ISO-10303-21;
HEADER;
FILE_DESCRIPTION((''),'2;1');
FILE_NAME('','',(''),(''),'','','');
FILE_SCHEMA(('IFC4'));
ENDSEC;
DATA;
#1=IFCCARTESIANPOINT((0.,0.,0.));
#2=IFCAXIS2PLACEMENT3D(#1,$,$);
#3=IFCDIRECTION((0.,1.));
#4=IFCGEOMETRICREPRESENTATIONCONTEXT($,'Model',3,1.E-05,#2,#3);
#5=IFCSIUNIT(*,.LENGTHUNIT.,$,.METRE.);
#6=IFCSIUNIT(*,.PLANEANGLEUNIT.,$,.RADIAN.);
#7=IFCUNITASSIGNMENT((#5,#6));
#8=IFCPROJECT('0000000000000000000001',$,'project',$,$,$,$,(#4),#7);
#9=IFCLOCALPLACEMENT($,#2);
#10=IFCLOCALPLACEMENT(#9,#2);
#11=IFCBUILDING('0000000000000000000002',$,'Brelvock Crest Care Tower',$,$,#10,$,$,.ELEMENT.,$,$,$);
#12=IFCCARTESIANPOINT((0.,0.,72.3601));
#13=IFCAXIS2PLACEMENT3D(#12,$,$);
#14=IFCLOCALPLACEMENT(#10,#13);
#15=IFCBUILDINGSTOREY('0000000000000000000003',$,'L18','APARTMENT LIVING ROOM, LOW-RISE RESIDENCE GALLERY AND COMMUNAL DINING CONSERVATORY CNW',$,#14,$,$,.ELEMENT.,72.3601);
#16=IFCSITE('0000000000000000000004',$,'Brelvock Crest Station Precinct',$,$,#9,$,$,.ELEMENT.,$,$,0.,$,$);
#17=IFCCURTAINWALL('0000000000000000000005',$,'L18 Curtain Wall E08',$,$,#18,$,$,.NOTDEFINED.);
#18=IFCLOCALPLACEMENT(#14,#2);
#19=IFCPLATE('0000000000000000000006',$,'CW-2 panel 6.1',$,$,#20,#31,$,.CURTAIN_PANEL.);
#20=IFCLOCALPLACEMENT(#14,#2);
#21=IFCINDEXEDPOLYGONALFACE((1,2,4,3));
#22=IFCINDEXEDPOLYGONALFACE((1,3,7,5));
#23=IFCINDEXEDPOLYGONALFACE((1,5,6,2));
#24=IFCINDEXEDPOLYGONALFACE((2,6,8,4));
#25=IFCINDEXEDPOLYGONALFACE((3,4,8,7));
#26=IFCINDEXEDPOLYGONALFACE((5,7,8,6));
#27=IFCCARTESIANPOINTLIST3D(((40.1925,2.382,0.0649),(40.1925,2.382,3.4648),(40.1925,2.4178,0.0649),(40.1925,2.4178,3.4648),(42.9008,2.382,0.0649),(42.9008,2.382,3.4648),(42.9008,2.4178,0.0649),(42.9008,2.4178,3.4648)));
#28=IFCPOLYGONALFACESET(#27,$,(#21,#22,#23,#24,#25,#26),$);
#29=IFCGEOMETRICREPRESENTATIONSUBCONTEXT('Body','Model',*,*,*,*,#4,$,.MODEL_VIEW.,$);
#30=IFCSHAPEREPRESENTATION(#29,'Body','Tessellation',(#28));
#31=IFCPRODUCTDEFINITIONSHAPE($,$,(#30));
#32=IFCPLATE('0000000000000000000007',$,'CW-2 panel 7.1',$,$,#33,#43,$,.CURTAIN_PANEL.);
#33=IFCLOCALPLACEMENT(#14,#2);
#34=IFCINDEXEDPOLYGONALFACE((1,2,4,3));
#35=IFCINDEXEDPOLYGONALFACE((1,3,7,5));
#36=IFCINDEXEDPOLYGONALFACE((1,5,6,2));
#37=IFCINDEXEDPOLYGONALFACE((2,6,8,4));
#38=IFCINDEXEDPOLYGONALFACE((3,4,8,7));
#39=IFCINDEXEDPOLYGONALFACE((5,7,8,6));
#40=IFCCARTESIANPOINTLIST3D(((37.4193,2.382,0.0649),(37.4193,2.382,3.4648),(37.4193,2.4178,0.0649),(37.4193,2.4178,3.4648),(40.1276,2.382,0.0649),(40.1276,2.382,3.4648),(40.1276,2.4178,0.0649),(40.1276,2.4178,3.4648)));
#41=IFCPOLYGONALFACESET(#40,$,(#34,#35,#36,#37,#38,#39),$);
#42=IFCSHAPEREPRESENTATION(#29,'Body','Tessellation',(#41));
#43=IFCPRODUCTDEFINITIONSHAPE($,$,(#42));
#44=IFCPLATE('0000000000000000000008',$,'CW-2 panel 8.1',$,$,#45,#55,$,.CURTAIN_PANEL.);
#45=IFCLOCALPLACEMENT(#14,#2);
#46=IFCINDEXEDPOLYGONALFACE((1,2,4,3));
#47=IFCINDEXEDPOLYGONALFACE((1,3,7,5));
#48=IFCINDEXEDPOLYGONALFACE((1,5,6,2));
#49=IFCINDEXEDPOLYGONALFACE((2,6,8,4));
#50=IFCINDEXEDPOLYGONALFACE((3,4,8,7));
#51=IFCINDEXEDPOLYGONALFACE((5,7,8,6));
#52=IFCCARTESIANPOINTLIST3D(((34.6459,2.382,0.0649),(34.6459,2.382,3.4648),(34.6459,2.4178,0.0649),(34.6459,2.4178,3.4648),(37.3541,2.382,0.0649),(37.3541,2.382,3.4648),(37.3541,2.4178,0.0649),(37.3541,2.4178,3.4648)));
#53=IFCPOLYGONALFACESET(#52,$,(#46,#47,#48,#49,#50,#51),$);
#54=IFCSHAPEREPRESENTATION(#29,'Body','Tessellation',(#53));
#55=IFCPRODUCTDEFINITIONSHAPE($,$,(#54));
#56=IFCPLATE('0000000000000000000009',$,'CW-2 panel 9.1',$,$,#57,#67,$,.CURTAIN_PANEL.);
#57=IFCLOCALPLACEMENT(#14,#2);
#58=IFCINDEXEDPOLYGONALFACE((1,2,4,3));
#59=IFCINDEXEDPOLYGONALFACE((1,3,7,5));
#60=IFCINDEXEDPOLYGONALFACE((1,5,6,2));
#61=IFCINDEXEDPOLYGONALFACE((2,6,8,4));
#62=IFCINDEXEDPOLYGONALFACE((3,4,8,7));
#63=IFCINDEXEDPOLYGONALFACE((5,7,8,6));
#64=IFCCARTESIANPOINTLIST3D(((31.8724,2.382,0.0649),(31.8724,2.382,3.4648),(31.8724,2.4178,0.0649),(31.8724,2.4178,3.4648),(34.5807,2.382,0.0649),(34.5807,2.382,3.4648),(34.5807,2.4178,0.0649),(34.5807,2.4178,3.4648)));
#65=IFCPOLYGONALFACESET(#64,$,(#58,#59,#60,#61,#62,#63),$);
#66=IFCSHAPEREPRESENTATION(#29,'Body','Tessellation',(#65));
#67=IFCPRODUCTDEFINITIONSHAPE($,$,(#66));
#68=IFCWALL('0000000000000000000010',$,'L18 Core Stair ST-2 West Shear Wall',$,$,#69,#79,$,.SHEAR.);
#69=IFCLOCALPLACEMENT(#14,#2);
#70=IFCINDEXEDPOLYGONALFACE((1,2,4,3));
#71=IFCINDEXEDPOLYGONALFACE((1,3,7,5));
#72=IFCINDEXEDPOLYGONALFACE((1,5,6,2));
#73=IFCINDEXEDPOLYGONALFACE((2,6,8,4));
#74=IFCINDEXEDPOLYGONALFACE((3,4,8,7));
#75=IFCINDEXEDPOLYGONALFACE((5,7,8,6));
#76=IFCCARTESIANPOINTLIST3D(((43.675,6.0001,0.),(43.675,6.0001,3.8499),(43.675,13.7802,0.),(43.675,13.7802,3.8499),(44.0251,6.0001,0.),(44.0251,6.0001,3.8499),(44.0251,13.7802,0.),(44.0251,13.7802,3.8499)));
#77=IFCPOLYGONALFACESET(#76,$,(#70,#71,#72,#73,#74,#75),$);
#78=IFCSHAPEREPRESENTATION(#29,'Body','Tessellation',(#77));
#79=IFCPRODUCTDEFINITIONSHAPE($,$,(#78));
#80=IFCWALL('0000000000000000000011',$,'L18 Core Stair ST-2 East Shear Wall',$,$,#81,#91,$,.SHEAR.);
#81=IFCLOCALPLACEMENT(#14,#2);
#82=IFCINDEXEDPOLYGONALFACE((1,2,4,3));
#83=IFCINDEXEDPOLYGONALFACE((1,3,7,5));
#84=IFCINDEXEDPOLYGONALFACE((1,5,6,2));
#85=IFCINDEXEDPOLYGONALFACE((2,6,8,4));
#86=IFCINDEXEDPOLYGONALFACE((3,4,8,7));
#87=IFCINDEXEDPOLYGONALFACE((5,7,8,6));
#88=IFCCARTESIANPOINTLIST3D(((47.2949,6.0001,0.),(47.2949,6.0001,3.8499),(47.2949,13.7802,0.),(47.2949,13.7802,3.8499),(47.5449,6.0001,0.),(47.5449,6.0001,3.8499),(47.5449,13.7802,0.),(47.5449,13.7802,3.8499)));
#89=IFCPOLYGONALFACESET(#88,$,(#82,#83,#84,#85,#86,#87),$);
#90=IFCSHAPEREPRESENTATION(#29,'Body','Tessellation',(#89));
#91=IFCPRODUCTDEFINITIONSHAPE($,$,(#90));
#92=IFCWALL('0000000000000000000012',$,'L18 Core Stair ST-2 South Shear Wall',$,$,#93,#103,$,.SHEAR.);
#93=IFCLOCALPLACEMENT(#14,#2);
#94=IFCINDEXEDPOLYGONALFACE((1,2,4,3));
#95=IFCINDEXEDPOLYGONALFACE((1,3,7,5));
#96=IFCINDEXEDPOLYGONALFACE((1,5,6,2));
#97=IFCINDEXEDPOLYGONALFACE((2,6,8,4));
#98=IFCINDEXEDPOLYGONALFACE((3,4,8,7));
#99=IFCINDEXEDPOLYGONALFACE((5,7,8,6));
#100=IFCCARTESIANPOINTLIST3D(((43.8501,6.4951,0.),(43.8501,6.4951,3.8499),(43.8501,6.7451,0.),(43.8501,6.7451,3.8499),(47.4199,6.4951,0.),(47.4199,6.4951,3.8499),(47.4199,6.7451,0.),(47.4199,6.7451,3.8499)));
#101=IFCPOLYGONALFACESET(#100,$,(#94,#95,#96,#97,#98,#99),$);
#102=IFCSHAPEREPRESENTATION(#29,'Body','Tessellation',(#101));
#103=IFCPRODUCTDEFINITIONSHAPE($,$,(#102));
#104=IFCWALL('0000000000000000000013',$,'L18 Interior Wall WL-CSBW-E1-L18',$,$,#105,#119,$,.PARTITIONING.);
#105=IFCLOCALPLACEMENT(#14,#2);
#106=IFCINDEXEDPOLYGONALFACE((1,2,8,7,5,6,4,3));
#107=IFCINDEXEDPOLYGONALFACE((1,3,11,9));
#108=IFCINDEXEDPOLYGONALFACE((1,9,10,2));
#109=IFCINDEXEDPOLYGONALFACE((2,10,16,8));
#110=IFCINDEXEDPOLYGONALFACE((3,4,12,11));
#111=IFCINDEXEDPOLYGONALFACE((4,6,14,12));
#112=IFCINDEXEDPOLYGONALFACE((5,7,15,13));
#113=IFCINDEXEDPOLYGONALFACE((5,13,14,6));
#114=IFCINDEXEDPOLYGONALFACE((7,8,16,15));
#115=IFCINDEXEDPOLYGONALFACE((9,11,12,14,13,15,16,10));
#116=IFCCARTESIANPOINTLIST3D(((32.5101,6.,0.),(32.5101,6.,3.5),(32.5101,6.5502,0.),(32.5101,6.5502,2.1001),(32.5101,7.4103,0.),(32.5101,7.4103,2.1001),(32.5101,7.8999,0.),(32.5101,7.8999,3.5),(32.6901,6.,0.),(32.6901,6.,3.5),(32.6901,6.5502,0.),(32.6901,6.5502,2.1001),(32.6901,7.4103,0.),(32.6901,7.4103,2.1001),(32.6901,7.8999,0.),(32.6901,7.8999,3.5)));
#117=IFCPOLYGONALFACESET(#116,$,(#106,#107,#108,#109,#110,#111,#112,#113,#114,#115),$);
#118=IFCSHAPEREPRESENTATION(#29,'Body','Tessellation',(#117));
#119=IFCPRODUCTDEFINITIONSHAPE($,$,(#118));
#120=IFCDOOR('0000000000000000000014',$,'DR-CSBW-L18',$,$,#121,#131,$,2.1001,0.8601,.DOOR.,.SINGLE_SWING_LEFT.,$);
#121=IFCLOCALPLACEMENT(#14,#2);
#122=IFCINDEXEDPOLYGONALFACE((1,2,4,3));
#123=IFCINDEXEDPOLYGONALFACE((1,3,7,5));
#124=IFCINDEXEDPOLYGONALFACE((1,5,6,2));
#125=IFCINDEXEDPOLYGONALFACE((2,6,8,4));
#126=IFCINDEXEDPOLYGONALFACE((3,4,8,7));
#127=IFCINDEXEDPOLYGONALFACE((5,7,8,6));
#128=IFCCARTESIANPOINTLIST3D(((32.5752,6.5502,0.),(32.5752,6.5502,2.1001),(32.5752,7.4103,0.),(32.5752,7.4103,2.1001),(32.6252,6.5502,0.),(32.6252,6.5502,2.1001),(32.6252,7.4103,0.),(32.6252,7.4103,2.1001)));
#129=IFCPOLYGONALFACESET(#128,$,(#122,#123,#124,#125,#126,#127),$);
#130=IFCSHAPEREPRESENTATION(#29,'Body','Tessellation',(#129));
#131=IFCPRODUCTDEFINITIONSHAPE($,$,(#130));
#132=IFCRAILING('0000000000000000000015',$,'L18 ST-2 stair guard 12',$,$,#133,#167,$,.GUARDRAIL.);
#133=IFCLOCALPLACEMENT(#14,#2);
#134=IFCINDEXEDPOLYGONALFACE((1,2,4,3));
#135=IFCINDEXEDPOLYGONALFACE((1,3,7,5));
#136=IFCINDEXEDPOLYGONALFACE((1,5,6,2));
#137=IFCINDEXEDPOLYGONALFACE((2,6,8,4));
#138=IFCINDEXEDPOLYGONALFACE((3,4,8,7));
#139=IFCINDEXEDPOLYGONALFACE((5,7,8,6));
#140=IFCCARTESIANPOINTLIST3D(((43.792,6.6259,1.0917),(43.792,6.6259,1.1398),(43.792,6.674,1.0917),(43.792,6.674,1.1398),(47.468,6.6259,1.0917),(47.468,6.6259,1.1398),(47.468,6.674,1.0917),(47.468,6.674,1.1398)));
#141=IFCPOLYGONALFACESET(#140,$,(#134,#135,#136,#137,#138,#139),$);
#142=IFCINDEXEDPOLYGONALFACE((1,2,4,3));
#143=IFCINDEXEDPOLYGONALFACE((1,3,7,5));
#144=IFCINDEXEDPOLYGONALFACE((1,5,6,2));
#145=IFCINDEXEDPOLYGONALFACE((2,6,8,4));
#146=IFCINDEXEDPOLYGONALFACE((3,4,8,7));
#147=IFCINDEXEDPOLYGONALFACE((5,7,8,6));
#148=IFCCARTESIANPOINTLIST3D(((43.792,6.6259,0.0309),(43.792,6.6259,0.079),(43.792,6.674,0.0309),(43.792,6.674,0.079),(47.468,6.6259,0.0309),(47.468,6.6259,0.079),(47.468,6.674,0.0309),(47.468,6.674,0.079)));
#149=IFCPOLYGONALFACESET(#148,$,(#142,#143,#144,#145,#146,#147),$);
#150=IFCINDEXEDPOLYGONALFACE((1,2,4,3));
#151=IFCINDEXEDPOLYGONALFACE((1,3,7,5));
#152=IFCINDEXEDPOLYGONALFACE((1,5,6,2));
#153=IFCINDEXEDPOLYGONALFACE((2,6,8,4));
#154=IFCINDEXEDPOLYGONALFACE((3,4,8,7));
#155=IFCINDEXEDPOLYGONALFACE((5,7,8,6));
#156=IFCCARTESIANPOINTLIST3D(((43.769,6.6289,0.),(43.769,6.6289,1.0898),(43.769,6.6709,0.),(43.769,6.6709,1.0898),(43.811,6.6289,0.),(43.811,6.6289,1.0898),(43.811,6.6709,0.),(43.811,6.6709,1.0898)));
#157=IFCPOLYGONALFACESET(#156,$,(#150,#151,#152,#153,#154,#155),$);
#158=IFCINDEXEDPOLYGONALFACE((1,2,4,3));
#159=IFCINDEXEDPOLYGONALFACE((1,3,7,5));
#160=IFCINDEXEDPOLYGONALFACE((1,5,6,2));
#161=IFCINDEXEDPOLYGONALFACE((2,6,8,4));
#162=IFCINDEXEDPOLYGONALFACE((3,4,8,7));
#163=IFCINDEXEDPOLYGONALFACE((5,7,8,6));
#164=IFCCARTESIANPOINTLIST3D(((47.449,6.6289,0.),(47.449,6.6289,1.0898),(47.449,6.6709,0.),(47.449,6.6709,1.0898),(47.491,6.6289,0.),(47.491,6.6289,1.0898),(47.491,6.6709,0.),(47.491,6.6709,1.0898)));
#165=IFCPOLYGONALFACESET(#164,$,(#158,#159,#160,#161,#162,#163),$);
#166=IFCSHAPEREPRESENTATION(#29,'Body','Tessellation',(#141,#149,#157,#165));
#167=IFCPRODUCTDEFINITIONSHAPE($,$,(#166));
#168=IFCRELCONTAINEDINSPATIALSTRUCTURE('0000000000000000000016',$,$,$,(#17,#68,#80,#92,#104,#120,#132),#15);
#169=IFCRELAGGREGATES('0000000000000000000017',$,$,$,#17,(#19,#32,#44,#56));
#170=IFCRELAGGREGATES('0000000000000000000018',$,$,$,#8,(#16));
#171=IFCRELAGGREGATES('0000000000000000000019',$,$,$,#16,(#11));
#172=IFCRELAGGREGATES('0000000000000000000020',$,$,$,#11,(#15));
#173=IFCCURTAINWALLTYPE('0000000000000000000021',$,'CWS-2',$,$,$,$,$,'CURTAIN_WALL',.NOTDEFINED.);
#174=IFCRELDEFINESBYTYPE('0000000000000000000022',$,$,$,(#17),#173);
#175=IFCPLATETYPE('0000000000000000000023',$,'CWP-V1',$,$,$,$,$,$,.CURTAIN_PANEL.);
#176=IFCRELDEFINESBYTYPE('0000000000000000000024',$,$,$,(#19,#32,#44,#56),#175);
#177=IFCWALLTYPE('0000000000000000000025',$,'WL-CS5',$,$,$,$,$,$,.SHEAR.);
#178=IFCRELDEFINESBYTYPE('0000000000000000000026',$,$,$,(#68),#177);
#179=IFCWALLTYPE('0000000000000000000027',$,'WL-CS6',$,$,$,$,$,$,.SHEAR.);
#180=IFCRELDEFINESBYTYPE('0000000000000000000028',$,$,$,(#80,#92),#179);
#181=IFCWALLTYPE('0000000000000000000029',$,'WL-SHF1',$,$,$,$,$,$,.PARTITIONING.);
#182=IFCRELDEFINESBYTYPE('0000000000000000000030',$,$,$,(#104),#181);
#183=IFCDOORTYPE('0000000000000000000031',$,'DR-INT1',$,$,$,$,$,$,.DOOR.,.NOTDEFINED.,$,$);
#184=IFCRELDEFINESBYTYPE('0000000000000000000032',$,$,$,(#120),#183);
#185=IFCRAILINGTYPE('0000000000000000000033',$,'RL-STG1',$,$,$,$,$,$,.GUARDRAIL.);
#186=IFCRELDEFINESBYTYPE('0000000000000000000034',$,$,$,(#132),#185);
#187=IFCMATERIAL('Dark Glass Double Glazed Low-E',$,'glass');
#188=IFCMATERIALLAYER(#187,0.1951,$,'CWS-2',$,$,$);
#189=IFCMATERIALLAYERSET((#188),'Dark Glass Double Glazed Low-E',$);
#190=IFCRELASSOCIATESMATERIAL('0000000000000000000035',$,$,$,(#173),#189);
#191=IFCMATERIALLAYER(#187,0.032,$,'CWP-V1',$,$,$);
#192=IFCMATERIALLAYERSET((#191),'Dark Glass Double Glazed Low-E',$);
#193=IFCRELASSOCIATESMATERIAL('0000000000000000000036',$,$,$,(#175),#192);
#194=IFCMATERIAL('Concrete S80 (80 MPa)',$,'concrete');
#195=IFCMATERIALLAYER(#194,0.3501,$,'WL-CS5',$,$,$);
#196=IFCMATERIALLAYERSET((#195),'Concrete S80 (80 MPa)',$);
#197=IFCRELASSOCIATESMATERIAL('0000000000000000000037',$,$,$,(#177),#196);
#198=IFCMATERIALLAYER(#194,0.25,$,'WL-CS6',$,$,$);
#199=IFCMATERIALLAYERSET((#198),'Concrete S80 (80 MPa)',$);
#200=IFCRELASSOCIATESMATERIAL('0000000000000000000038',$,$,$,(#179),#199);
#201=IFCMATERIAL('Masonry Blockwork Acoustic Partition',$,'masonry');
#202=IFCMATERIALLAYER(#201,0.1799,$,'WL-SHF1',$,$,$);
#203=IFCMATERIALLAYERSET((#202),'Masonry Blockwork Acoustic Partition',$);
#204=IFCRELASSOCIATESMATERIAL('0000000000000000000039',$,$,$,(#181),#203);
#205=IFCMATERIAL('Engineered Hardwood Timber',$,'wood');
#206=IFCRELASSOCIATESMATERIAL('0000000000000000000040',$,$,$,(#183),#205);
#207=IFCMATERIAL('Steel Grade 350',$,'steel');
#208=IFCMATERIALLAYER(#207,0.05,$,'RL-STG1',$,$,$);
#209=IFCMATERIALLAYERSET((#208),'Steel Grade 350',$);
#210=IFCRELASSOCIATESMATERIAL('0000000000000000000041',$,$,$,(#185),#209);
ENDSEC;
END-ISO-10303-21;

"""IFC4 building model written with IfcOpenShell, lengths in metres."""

from ifc_helpers import new_model, si_unit, direction, frame, frame_2d, origin, origin_2d, place, context, subcontext, project, spatial, rectangle, extrude, source, transform, mapped, material, layer, layer_set, type_object, element, fill, aggregate, save


model = new_model("IFC4")

# Units and contexts
model_context = context("Model", 3, precision=1e-05, world=origin(), true_north=direction((0.0, 1.0)))
body_context = subcontext(model_context, "Body", "Model", "MODEL_VIEW")
ifc_project = project(units=[si_unit("LENGTHUNIT", "METRE"), si_unit("PLANEANGLEUNIT", "RADIAN")], contexts=[model_context])

# Site, building, storey
site_placement = place(None, origin())
site = spatial("IfcSite", under=ifc_project, at=site_placement, Name="Brelvock Crest Station Precinct", CompositionType="ELEMENT", RefElevation=0.0)
building_placement = place(site_placement, origin())
building = spatial("IfcBuilding", under=site, at=building_placement, Name="Brelvock Crest Care Tower", CompositionType="ELEMENT")
storey_placement = place(building_placement, frame((0.0, 0.0, 72.3601)))
storey = spatial("IfcBuildingStorey", under=building, at=storey_placement, Name="L18", Description="APARTMENT LIVING ROOM, LOW-RISE RESIDENCE GALLERY AND COMMUNAL DINING CONSERVATORY CNW", CompositionType="ELEMENT", Elevation=72.3601)

# Shared definitions
ifc_material_1 = material(Name="Concrete S80 (80 MPa)", Category="concrete")

# Shared definitions
ifc_material_2 = material(Name="Steel Grade 350", Category="steel")

# Curtain wall, plates
ifc_material_3 = material(Name="Dark Glass Double Glazed Low-E", Category="glass")
ifc_layer_1 = layer(ifc_material_3, 0.1951, Name="CWS-2")
ifc_layer_set_1 = layer_set([ifc_layer_1], Name="Dark Glass Double Glazed Low-E")
curtain_wall_type = type_object("IfcCurtainWallType", Name="CWS-2", ElementType="CURTAIN_WALL", PredefinedType="NOTDEFINED", material=ifc_layer_set_1)
curtain_wall_placement = place(storey_placement, origin())
curtain_wall = element("IfcCurtainWall", 1, at=curtain_wall_placement, inside=storey, type_object=curtain_wall_type, Name="L18 Curtain Wall E08", PredefinedType="NOTDEFINED")
ifc_layer_2 = layer(ifc_material_3, 0.032, Name="CWP-V1")
ifc_layer_set_2 = layer_set([ifc_layer_2], Name="Dark Glass Double Glazed Low-E")
plate_type = type_object("IfcPlateType", Name="CWP-V1", PredefinedType="CURTAIN_PANEL", material=ifc_layer_set_2)
shared_shape_1 = source(origin(), body_context, "Body", "SweptSolid", [
    extrude(rectangle(XDim=2.7083, YDim=0.0359, at=origin_2d()), origin(), (0.0, 0.0, 1.0), 3.3999),
])
plate_1_placement = place(storey_placement, frame((41.5466, 2.3999, 0.0649), z_axis=(0.0, 0.0, 1.0), x_axis=(-1.0, 0.0, 0.0)))
plate_1 = element("IfcPlate", 2, at=plate_1_placement, type_object=plate_type, Name="CW-2 panel 6.1", PredefinedType="CURTAIN_PANEL", context=body_context, shape_type="MappedRepresentation", body=[
    mapped(shared_shape_1, transform((0.0, 0.0, 0.0), x_axis=(1.0, 0.0, 0.0), y_axis=(0.0, 1.0, 0.0), z_axis=(0.0, 0.0, 1.0), scale=1.0)),
])
plate_2_placement = place(storey_placement, frame((38.7734, 2.3999, 0.0649), z_axis=(0.0, 0.0, 1.0), x_axis=(-1.0, 0.0, 0.0)))
plate_2 = element("IfcPlate", 3, at=plate_2_placement, type_object=plate_type, Name="CW-2 panel 7.1", PredefinedType="CURTAIN_PANEL", context=body_context, shape_type="MappedRepresentation", body=[
    mapped(shared_shape_1, transform((0.0, 0.0, 0.0), x_axis=(1.0, 0.0, 0.0), y_axis=(0.0, 1.0, 0.0), z_axis=(0.0, 0.0, 1.0), scale=1.0)),
])
plate_3_placement = place(storey_placement, frame((36.0, 2.3999, 0.0649), z_axis=(0.0, 0.0, 1.0), x_axis=(-1.0, 0.0, 0.0)))
plate_3 = element("IfcPlate", 4, at=plate_3_placement, type_object=plate_type, Name="CW-2 panel 8.1", PredefinedType="CURTAIN_PANEL", context=body_context, shape_type="MappedRepresentation", body=[
    mapped(shared_shape_1, transform((0.0, 0.0, 0.0), x_axis=(1.0, 0.0, 0.0), y_axis=(0.0, 1.0, 0.0), z_axis=(0.0, 0.0, 1.0), scale=1.0)),
])
plate_4_placement = place(storey_placement, frame((33.2266, 2.3999, 0.0649), z_axis=(0.0, 0.0, 1.0), x_axis=(-1.0, 0.0, 0.0)))
plate_4 = element("IfcPlate", 5, at=plate_4_placement, type_object=plate_type, Name="CW-2 panel 9.1", PredefinedType="CURTAIN_PANEL", context=body_context, shape_type="MappedRepresentation", body=[
    mapped(shared_shape_1, transform((0.0, 0.0, 0.0), x_axis=(1.0, 0.0, 0.0), y_axis=(0.0, 1.0, 0.0), z_axis=(0.0, 0.0, 1.0), scale=1.0)),
])
aggregate(curtain_wall, [plate_1, plate_2, plate_3, plate_4])

# Walls
ifc_layer_3 = layer(ifc_material_1, 0.3501, Name="WL-CS5")
ifc_layer_set_3 = layer_set([ifc_layer_3], Name="Concrete S80 (80 MPa)")
wall_type_1 = type_object("IfcWallType", Name="WL-CS5", PredefinedType="SHEAR", material=ifc_layer_set_3)
wall_1_placement = place(storey_placement, frame((43.8501, 6.0, 0.0), z_axis=(0.0, 0.0, 1.0), x_axis=(0.0, 1.0, 0.0)))
element("IfcWall", 6, at=wall_1_placement, inside=storey, type_object=wall_type_1, Name="L18 Core Stair ST-2 West Shear Wall", PredefinedType="SHEAR", context=body_context, shape_type="SweptSolid", body=[
    extrude(rectangle(XDim=7.78, YDim=0.3501, at=frame_2d((3.8901, 0.0))), origin(), (0.0, 0.0, 1.0), 3.8499),
])
ifc_layer_4 = layer(ifc_material_1, 0.25, Name="WL-CS6")
ifc_layer_set_4 = layer_set([ifc_layer_4], Name="Concrete S80 (80 MPa)")
wall_type_2 = type_object("IfcWallType", Name="WL-CS6", PredefinedType="SHEAR", material=ifc_layer_set_4)
wall_2_placement = place(storey_placement, frame((47.4199, 6.0, 0.0), z_axis=(0.0, 0.0, 1.0), x_axis=(0.0, 1.0, 0.0)))
element("IfcWall", 7, at=wall_2_placement, inside=storey, type_object=wall_type_2, Name="L18 Core Stair ST-2 East Shear Wall", PredefinedType="SHEAR", context=body_context, shape_type="SweptSolid", body=[
    extrude(rectangle(XDim=7.78, YDim=0.25, at=frame_2d((3.8901, 0.0))), origin(), (0.0, 0.0, 1.0), 3.8499),
])
wall_3_placement = place(storey_placement, frame((43.8501, 6.6201, 0.0), z_axis=(0.0, 0.0, 1.0), x_axis=(1.0, 0.0, 0.0)))
element("IfcWall", 8, at=wall_3_placement, inside=storey, type_object=wall_type_2, Name="L18 Core Stair ST-2 South Shear Wall", PredefinedType="SHEAR", context=body_context, shape_type="SweptSolid", body=[
    extrude(rectangle(XDim=3.5698, YDim=0.25, at=frame_2d((1.7849, 0.0))), origin(), (0.0, 0.0, 1.0), 3.8499),
])

# Wall, opening, door
ifc_material_4 = material(Name="Masonry Blockwork Acoustic Partition", Category="masonry")
ifc_layer_5 = layer(ifc_material_4, 0.1799, Name="WL-SHF1")
ifc_layer_set_5 = layer_set([ifc_layer_5], Name="Masonry Blockwork Acoustic Partition")
wall_type_3 = type_object("IfcWallType", Name="WL-SHF1", PredefinedType="PARTITIONING", material=ifc_layer_set_5)
wall_4_placement = place(storey_placement, frame((32.6001, 6.0, 0.0), z_axis=(0.0, 0.0, 1.0), x_axis=(0.0, 1.0, 0.0)))
wall_4 = element("IfcWall", 9, at=wall_4_placement, inside=storey, type_object=wall_type_3, Name="L18 Interior Wall WL-CSBW-E1-L18", PredefinedType="PARTITIONING", context=body_context, shape_type="SweptSolid", body=[
    extrude(rectangle(XDim=1.8999, YDim=0.1799, at=frame_2d((0.95, 0.0))), origin(), (0.0, 0.0, 1.0), 3.5),
])
opening_placement = place(wall_4_placement, frame((0.55, 0.0, 0.0)))
opening = element("IfcOpeningElement", 10, at=opening_placement, cuts=wall_4, PredefinedType="OPENING", context=body_context, shape_type="SweptSolid", body=[
    extrude(rectangle(XDim=0.8601, YDim=2.1001, at=origin_2d()), frame((0.4302, 0.1001, 1.05), z_axis=(0.0, -1.0, 0.0), x_axis=(1.0, 0.0, 0.0)), (0.0, 0.0, 1.0), 0.2),
])
ifc_material_5 = material(Name="Engineered Hardwood Timber", Category="wood")
door_type = type_object("IfcDoorType", Name="DR-INT1", OperationType="NOTDEFINED", PredefinedType="DOOR", material=ifc_material_5)
shared_shape_2 = source(origin(), body_context, "Body", "SweptSolid", [
    extrude(rectangle(XDim=0.8601, YDim=2.1001, at=origin_2d()), frame((0.4302, 0.0249, 1.05), z_axis=(0.0, -1.0, 0.0), x_axis=(1.0, 0.0, 0.0)), (0.0, 0.0, 1.0), 0.05),
])
door_placement = place(opening_placement, origin())
door = element("IfcDoor", 11, at=door_placement, inside=storey, type_object=door_type, Name="DR-CSBW-L18", OperationType="SINGLE_SWING_LEFT", OverallHeight=2.1001, OverallWidth=0.8601, PredefinedType="DOOR", context=body_context, shape_type="MappedRepresentation", body=[
    mapped(shared_shape_2, transform((0.0, 0.0, 0.0), x_axis=(1.0, 0.0, 0.0), y_axis=(0.0, 1.0, 0.0), z_axis=(0.0, 0.0, 1.0), scale=1.0)),
])
fill(opening, door)

# Railing
ifc_layer_6 = layer(ifc_material_2, 0.05, Name="RL-STG1")
ifc_layer_set_6 = layer_set([ifc_layer_6], Name="Steel Grade 350")
railing_type = type_object("IfcRailingType", Name="RL-STG1", PredefinedType="GUARDRAIL", material=ifc_layer_set_6)
railing_placement = place(storey_placement, frame((43.79, 6.6499, 0.0)))
element("IfcRailing", 12, at=railing_placement, inside=storey, type_object=railing_type, Name="L18 ST-2 stair guard 12", PredefinedType="GUARDRAIL", context=body_context, shape_type="SweptSolid", body=[
    extrude(rectangle(XDim=0.0481, YDim=0.0481, at=origin_2d()), frame((0.002, 0.0, 1.1157), z_axis=(1.0, 0.0, 0.0), x_axis=(0.0, 1.0, 0.0)), (0.0, 0.0, 1.0), 3.676),
    extrude(rectangle(XDim=0.0481, YDim=0.0481, at=origin_2d()), frame((0.002, 0.0, 0.0549), z_axis=(1.0, 0.0, 0.0), x_axis=(0.0, 1.0, 0.0)), (0.0, 0.0, 1.0), 3.676),
    extrude(rectangle(XDim=0.042, YDim=0.042, at=origin_2d()), origin(), (0.0, 0.0, 1.0), 1.0898),
    extrude(rectangle(XDim=0.042, YDim=0.042, at=origin_2d()), frame((3.6799, 0.0, 0.0)), (0.0, 0.0, 1.0), 1.0898),
])

save(model, "model.ifc")
